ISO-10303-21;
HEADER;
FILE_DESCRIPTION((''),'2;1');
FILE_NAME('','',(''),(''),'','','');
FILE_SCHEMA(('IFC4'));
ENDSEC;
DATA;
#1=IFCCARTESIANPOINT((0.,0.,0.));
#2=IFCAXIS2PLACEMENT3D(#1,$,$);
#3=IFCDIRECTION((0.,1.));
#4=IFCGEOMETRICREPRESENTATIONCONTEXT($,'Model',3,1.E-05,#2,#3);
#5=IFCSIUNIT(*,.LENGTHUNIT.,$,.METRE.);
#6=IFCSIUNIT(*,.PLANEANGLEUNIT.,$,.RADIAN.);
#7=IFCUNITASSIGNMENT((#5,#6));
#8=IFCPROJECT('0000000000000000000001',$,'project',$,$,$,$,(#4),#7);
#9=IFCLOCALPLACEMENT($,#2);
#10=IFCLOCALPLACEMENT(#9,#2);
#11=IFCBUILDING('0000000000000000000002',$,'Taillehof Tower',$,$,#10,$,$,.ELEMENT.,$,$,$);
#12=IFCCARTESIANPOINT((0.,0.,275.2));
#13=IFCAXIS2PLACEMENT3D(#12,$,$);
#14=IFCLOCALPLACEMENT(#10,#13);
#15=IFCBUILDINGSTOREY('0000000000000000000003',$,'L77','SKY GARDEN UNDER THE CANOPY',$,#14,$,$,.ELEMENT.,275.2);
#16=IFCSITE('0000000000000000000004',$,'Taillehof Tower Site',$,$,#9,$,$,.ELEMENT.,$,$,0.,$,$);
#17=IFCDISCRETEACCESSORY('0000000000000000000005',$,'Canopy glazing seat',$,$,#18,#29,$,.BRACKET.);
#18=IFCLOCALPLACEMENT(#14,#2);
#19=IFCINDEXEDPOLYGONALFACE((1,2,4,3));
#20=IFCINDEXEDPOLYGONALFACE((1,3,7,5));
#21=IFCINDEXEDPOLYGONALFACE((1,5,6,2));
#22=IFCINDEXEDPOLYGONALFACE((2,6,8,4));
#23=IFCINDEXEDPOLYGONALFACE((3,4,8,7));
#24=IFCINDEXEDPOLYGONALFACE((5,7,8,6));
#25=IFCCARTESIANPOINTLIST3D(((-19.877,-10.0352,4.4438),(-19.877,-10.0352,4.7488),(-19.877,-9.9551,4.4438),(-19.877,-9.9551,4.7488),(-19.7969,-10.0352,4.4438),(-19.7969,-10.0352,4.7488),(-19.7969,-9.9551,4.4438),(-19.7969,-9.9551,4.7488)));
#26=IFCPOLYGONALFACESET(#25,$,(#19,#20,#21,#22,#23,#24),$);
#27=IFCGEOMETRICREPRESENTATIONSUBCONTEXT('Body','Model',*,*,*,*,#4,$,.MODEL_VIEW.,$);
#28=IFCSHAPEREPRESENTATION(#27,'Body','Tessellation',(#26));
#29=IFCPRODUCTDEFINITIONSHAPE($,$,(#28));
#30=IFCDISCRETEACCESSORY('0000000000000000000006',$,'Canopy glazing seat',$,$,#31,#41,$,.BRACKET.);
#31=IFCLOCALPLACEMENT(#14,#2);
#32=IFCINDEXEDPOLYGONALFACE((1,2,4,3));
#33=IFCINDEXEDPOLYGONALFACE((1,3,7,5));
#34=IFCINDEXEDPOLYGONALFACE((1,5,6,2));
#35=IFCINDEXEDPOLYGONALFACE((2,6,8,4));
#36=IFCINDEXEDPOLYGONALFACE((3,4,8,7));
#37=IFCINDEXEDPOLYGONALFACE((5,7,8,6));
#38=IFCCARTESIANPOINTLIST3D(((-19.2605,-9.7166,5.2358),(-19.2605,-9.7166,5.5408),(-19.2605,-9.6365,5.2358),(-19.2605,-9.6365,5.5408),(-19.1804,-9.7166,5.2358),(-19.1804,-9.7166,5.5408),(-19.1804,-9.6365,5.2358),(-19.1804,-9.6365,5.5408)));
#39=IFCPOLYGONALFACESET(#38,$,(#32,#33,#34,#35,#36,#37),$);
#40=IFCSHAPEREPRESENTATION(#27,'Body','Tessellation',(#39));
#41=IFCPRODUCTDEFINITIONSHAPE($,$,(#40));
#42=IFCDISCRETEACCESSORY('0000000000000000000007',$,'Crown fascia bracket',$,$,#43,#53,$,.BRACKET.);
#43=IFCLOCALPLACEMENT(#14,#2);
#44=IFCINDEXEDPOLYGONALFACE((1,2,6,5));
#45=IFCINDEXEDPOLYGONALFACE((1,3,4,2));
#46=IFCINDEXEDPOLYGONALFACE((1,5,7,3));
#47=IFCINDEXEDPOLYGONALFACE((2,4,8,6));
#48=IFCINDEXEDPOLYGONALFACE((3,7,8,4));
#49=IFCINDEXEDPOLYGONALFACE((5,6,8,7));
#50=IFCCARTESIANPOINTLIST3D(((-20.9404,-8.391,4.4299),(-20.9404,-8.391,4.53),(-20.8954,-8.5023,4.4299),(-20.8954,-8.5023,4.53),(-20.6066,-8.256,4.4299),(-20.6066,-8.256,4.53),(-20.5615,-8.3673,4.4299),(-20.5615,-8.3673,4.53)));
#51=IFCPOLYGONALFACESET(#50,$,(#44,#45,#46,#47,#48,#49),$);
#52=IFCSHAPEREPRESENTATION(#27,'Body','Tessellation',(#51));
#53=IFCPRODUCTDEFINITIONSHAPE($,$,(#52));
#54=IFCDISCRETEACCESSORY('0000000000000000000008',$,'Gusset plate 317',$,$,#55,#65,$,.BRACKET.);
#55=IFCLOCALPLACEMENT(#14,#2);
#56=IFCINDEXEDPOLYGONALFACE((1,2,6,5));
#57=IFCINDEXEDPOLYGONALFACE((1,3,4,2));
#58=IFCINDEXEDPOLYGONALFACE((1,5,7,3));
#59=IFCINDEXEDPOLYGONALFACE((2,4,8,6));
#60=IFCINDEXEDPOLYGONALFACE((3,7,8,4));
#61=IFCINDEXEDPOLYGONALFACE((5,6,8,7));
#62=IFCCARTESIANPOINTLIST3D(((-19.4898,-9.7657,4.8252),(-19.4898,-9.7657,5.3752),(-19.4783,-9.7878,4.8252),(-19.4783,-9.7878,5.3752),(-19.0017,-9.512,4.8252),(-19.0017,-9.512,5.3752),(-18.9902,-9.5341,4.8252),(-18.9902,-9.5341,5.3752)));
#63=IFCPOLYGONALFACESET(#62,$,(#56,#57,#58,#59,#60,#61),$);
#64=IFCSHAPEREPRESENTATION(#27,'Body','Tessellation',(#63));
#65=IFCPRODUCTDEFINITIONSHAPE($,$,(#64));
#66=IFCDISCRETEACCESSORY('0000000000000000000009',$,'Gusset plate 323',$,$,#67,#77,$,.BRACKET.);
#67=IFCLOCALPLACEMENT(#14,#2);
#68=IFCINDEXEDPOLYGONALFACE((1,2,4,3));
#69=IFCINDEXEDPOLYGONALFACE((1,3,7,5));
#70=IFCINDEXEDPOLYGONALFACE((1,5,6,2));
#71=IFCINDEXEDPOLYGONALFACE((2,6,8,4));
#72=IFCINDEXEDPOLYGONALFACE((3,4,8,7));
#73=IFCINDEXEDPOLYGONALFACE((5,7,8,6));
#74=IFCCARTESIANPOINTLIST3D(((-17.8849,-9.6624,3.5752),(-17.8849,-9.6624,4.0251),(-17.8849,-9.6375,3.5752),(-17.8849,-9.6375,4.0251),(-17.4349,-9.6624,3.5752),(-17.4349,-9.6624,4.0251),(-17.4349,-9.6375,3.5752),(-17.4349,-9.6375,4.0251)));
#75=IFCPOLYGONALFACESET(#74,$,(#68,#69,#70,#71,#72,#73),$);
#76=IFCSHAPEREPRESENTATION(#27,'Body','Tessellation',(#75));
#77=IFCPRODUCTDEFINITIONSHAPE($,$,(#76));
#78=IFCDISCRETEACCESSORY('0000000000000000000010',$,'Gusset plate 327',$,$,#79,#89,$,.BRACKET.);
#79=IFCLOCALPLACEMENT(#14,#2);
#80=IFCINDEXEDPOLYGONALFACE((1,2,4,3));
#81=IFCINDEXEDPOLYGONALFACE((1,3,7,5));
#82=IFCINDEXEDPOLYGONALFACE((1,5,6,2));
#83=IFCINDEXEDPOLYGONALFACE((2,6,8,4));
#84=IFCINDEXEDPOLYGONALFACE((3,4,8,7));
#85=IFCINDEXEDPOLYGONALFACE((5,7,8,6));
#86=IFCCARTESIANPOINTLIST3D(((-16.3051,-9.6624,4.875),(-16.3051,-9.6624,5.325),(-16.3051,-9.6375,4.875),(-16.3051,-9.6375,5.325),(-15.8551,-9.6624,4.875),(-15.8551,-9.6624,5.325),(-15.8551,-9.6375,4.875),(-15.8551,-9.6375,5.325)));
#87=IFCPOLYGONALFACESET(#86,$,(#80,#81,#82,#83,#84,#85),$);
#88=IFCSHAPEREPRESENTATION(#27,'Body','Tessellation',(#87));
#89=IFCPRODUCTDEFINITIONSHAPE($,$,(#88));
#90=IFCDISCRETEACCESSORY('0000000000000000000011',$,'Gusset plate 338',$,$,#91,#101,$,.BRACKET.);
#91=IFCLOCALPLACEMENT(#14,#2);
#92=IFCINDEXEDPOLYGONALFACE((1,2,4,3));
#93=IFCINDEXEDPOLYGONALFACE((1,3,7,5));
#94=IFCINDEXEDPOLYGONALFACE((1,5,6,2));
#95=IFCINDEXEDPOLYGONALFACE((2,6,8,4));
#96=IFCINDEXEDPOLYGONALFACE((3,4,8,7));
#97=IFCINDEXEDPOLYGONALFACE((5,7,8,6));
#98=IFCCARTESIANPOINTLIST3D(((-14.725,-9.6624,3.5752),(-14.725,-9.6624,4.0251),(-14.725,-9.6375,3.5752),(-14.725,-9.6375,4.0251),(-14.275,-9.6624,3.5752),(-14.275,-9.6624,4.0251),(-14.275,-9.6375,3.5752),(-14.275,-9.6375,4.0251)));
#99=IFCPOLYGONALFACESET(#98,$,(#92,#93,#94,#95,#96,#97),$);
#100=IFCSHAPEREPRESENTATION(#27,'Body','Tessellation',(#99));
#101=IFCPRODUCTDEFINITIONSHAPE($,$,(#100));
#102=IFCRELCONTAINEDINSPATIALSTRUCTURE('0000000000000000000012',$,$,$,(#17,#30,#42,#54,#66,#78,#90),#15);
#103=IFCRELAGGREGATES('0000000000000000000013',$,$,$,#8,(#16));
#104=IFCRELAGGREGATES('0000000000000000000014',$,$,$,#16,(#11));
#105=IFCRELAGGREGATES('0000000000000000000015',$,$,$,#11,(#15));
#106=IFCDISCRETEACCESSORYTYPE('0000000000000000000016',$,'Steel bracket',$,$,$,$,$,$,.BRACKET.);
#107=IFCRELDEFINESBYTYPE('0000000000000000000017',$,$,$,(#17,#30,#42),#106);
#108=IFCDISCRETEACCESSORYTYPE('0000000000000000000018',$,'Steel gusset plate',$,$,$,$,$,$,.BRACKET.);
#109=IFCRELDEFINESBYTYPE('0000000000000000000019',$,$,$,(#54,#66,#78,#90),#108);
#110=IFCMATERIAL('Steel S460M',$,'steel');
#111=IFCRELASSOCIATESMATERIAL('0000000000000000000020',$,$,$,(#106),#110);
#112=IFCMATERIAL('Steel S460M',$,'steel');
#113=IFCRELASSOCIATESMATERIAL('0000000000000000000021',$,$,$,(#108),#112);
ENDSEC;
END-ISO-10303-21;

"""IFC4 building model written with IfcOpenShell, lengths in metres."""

from ifc_helpers import new_model, si_unit, direction, frame, origin, origin_2d, place, context, subcontext, project, spatial, rectangle, extrude, material, type_object, element, save


model = new_model("IFC4")

# Units and contexts
model_context = context("Model", 3, precision=1e-05, world=origin(), true_north=direction((0.0, 1.0)))
body_context = subcontext(model_context, "Body", "Model", "MODEL_VIEW")
ifc_project = project(units=[si_unit("LENGTHUNIT", "METRE"), si_unit("PLANEANGLEUNIT", "RADIAN")], contexts=[model_context])

# Site, building, storey
site_placement = place(None, origin())
site = spatial("IfcSite", under=ifc_project, at=site_placement, Name="Taillehof Tower Site", CompositionType="ELEMENT", RefElevation=0.0)
building_placement = place(site_placement, origin())
building = spatial("IfcBuilding", under=site, at=building_placement, Name="Taillehof Tower", CompositionType="ELEMENT")
storey_placement = place(building_placement, frame((0.0, 0.0, 275.2)))
storey = spatial("IfcBuildingStorey", under=building, at=storey_placement, Name="L77", Description="SKY GARDEN UNDER THE CANOPY", CompositionType="ELEMENT", Elevation=275.2)

# Discrete accessories
ifc_material_1 = material(Name="Steel S460M", Category="steel")
discrete_accessory_type_1 = type_object("IfcDiscreteAccessoryType", Name="Steel bracket", PredefinedType="BRACKET", material=ifc_material_1)
for number, where, z_axis, x_axis, name in (
    (1, (-19.8369, -9.9951, 4.4438), (0.0, 0.0, 1.0), (1.0, 0.0, 0.0), "Canopy glazing seat"),
    (2, (-19.2205, -9.6765, 5.2358), (0.0, 0.0, 1.0), (1.0, 0.0, 0.0), "Canopy glazing seat"),
):
    element("IfcDiscreteAccessory", number, at=place(storey_placement, frame(where, z_axis=z_axis, x_axis=x_axis)), inside=storey, type_object=discrete_accessory_type_1, Name=name, PredefinedType="BRACKET", context=body_context, shape_type="SweptSolid", body=[
        extrude(rectangle(XDim=0.0801, YDim=0.0801, at=origin_2d()), origin(), (0.0, 0.0, 1.0), 0.3049),
    ])
discrete_accessory_1_placement = place(storey_placement, frame((-20.751, -8.3792, 4.4299), z_axis=(0.0, 0.0, 1.0), x_axis=(-0.927086, -0.374849, 0.0)))
element("IfcDiscreteAccessory", 3, at=discrete_accessory_1_placement, inside=storey, type_object=discrete_accessory_type_1, Name="Crown fascia bracket", PredefinedType="BRACKET", context=body_context, shape_type="SweptSolid", body=[
    extrude(rectangle(XDim=0.3601, YDim=0.1201, at=origin_2d()), origin(), (0.0, 0.0, 1.0), 0.1001),
])
ifc_material_2 = material(Name="Steel S460M", Category="steel")
discrete_accessory_type_2 = type_object("IfcDiscreteAccessoryType", Name="Steel gusset plate", PredefinedType="BRACKET", material=ifc_material_2)
discrete_accessory_2_placement = place(storey_placement, frame((-19.24, -9.6499, 4.8252), z_axis=(0.0, 0.0, 1.0), x_axis=(0.88731, 0.461173, 0.0)))
element("IfcDiscreteAccessory", 4, at=discrete_accessory_2_placement, inside=storey, type_object=discrete_accessory_type_2, Name="Gusset plate 317", PredefinedType="BRACKET", context=body_context, shape_type="SweptSolid", body=[
    extrude(rectangle(XDim=0.55, YDim=0.0249, at=origin_2d()), origin(), (0.0, 0.0, 1.0), 0.55),
])
for number, where, z_axis, x_axis, name in (
    (5, (-17.6599, -9.6499, 3.5752), (0.0, 0.0, 1.0), (1.0, 0.0, 0.0), "Gusset plate 323"),
    (6, (-16.0801, -9.6499, 4.875), (0.0, 0.0, 1.0), (1.0, 0.0, 0.0), "Gusset plate 327"),
    (7, (-14.5, -9.6499, 3.5752), (0.0, 0.0, 1.0), (1.0, 0.0, 0.0), "Gusset plate 338"),
):
    element("IfcDiscreteAccessory", number, at=place(storey_placement, frame(where, z_axis=z_axis, x_axis=x_axis)), inside=storey, type_object=discrete_accessory_type_2, Name=name, PredefinedType="BRACKET", context=body_context, shape_type="SweptSolid", body=[
        extrude(rectangle(XDim=0.45, YDim=0.0249, at=origin_2d()), origin(), (0.0, 0.0, 1.0), 0.45),
    ])

save(model, "model.ifc")
